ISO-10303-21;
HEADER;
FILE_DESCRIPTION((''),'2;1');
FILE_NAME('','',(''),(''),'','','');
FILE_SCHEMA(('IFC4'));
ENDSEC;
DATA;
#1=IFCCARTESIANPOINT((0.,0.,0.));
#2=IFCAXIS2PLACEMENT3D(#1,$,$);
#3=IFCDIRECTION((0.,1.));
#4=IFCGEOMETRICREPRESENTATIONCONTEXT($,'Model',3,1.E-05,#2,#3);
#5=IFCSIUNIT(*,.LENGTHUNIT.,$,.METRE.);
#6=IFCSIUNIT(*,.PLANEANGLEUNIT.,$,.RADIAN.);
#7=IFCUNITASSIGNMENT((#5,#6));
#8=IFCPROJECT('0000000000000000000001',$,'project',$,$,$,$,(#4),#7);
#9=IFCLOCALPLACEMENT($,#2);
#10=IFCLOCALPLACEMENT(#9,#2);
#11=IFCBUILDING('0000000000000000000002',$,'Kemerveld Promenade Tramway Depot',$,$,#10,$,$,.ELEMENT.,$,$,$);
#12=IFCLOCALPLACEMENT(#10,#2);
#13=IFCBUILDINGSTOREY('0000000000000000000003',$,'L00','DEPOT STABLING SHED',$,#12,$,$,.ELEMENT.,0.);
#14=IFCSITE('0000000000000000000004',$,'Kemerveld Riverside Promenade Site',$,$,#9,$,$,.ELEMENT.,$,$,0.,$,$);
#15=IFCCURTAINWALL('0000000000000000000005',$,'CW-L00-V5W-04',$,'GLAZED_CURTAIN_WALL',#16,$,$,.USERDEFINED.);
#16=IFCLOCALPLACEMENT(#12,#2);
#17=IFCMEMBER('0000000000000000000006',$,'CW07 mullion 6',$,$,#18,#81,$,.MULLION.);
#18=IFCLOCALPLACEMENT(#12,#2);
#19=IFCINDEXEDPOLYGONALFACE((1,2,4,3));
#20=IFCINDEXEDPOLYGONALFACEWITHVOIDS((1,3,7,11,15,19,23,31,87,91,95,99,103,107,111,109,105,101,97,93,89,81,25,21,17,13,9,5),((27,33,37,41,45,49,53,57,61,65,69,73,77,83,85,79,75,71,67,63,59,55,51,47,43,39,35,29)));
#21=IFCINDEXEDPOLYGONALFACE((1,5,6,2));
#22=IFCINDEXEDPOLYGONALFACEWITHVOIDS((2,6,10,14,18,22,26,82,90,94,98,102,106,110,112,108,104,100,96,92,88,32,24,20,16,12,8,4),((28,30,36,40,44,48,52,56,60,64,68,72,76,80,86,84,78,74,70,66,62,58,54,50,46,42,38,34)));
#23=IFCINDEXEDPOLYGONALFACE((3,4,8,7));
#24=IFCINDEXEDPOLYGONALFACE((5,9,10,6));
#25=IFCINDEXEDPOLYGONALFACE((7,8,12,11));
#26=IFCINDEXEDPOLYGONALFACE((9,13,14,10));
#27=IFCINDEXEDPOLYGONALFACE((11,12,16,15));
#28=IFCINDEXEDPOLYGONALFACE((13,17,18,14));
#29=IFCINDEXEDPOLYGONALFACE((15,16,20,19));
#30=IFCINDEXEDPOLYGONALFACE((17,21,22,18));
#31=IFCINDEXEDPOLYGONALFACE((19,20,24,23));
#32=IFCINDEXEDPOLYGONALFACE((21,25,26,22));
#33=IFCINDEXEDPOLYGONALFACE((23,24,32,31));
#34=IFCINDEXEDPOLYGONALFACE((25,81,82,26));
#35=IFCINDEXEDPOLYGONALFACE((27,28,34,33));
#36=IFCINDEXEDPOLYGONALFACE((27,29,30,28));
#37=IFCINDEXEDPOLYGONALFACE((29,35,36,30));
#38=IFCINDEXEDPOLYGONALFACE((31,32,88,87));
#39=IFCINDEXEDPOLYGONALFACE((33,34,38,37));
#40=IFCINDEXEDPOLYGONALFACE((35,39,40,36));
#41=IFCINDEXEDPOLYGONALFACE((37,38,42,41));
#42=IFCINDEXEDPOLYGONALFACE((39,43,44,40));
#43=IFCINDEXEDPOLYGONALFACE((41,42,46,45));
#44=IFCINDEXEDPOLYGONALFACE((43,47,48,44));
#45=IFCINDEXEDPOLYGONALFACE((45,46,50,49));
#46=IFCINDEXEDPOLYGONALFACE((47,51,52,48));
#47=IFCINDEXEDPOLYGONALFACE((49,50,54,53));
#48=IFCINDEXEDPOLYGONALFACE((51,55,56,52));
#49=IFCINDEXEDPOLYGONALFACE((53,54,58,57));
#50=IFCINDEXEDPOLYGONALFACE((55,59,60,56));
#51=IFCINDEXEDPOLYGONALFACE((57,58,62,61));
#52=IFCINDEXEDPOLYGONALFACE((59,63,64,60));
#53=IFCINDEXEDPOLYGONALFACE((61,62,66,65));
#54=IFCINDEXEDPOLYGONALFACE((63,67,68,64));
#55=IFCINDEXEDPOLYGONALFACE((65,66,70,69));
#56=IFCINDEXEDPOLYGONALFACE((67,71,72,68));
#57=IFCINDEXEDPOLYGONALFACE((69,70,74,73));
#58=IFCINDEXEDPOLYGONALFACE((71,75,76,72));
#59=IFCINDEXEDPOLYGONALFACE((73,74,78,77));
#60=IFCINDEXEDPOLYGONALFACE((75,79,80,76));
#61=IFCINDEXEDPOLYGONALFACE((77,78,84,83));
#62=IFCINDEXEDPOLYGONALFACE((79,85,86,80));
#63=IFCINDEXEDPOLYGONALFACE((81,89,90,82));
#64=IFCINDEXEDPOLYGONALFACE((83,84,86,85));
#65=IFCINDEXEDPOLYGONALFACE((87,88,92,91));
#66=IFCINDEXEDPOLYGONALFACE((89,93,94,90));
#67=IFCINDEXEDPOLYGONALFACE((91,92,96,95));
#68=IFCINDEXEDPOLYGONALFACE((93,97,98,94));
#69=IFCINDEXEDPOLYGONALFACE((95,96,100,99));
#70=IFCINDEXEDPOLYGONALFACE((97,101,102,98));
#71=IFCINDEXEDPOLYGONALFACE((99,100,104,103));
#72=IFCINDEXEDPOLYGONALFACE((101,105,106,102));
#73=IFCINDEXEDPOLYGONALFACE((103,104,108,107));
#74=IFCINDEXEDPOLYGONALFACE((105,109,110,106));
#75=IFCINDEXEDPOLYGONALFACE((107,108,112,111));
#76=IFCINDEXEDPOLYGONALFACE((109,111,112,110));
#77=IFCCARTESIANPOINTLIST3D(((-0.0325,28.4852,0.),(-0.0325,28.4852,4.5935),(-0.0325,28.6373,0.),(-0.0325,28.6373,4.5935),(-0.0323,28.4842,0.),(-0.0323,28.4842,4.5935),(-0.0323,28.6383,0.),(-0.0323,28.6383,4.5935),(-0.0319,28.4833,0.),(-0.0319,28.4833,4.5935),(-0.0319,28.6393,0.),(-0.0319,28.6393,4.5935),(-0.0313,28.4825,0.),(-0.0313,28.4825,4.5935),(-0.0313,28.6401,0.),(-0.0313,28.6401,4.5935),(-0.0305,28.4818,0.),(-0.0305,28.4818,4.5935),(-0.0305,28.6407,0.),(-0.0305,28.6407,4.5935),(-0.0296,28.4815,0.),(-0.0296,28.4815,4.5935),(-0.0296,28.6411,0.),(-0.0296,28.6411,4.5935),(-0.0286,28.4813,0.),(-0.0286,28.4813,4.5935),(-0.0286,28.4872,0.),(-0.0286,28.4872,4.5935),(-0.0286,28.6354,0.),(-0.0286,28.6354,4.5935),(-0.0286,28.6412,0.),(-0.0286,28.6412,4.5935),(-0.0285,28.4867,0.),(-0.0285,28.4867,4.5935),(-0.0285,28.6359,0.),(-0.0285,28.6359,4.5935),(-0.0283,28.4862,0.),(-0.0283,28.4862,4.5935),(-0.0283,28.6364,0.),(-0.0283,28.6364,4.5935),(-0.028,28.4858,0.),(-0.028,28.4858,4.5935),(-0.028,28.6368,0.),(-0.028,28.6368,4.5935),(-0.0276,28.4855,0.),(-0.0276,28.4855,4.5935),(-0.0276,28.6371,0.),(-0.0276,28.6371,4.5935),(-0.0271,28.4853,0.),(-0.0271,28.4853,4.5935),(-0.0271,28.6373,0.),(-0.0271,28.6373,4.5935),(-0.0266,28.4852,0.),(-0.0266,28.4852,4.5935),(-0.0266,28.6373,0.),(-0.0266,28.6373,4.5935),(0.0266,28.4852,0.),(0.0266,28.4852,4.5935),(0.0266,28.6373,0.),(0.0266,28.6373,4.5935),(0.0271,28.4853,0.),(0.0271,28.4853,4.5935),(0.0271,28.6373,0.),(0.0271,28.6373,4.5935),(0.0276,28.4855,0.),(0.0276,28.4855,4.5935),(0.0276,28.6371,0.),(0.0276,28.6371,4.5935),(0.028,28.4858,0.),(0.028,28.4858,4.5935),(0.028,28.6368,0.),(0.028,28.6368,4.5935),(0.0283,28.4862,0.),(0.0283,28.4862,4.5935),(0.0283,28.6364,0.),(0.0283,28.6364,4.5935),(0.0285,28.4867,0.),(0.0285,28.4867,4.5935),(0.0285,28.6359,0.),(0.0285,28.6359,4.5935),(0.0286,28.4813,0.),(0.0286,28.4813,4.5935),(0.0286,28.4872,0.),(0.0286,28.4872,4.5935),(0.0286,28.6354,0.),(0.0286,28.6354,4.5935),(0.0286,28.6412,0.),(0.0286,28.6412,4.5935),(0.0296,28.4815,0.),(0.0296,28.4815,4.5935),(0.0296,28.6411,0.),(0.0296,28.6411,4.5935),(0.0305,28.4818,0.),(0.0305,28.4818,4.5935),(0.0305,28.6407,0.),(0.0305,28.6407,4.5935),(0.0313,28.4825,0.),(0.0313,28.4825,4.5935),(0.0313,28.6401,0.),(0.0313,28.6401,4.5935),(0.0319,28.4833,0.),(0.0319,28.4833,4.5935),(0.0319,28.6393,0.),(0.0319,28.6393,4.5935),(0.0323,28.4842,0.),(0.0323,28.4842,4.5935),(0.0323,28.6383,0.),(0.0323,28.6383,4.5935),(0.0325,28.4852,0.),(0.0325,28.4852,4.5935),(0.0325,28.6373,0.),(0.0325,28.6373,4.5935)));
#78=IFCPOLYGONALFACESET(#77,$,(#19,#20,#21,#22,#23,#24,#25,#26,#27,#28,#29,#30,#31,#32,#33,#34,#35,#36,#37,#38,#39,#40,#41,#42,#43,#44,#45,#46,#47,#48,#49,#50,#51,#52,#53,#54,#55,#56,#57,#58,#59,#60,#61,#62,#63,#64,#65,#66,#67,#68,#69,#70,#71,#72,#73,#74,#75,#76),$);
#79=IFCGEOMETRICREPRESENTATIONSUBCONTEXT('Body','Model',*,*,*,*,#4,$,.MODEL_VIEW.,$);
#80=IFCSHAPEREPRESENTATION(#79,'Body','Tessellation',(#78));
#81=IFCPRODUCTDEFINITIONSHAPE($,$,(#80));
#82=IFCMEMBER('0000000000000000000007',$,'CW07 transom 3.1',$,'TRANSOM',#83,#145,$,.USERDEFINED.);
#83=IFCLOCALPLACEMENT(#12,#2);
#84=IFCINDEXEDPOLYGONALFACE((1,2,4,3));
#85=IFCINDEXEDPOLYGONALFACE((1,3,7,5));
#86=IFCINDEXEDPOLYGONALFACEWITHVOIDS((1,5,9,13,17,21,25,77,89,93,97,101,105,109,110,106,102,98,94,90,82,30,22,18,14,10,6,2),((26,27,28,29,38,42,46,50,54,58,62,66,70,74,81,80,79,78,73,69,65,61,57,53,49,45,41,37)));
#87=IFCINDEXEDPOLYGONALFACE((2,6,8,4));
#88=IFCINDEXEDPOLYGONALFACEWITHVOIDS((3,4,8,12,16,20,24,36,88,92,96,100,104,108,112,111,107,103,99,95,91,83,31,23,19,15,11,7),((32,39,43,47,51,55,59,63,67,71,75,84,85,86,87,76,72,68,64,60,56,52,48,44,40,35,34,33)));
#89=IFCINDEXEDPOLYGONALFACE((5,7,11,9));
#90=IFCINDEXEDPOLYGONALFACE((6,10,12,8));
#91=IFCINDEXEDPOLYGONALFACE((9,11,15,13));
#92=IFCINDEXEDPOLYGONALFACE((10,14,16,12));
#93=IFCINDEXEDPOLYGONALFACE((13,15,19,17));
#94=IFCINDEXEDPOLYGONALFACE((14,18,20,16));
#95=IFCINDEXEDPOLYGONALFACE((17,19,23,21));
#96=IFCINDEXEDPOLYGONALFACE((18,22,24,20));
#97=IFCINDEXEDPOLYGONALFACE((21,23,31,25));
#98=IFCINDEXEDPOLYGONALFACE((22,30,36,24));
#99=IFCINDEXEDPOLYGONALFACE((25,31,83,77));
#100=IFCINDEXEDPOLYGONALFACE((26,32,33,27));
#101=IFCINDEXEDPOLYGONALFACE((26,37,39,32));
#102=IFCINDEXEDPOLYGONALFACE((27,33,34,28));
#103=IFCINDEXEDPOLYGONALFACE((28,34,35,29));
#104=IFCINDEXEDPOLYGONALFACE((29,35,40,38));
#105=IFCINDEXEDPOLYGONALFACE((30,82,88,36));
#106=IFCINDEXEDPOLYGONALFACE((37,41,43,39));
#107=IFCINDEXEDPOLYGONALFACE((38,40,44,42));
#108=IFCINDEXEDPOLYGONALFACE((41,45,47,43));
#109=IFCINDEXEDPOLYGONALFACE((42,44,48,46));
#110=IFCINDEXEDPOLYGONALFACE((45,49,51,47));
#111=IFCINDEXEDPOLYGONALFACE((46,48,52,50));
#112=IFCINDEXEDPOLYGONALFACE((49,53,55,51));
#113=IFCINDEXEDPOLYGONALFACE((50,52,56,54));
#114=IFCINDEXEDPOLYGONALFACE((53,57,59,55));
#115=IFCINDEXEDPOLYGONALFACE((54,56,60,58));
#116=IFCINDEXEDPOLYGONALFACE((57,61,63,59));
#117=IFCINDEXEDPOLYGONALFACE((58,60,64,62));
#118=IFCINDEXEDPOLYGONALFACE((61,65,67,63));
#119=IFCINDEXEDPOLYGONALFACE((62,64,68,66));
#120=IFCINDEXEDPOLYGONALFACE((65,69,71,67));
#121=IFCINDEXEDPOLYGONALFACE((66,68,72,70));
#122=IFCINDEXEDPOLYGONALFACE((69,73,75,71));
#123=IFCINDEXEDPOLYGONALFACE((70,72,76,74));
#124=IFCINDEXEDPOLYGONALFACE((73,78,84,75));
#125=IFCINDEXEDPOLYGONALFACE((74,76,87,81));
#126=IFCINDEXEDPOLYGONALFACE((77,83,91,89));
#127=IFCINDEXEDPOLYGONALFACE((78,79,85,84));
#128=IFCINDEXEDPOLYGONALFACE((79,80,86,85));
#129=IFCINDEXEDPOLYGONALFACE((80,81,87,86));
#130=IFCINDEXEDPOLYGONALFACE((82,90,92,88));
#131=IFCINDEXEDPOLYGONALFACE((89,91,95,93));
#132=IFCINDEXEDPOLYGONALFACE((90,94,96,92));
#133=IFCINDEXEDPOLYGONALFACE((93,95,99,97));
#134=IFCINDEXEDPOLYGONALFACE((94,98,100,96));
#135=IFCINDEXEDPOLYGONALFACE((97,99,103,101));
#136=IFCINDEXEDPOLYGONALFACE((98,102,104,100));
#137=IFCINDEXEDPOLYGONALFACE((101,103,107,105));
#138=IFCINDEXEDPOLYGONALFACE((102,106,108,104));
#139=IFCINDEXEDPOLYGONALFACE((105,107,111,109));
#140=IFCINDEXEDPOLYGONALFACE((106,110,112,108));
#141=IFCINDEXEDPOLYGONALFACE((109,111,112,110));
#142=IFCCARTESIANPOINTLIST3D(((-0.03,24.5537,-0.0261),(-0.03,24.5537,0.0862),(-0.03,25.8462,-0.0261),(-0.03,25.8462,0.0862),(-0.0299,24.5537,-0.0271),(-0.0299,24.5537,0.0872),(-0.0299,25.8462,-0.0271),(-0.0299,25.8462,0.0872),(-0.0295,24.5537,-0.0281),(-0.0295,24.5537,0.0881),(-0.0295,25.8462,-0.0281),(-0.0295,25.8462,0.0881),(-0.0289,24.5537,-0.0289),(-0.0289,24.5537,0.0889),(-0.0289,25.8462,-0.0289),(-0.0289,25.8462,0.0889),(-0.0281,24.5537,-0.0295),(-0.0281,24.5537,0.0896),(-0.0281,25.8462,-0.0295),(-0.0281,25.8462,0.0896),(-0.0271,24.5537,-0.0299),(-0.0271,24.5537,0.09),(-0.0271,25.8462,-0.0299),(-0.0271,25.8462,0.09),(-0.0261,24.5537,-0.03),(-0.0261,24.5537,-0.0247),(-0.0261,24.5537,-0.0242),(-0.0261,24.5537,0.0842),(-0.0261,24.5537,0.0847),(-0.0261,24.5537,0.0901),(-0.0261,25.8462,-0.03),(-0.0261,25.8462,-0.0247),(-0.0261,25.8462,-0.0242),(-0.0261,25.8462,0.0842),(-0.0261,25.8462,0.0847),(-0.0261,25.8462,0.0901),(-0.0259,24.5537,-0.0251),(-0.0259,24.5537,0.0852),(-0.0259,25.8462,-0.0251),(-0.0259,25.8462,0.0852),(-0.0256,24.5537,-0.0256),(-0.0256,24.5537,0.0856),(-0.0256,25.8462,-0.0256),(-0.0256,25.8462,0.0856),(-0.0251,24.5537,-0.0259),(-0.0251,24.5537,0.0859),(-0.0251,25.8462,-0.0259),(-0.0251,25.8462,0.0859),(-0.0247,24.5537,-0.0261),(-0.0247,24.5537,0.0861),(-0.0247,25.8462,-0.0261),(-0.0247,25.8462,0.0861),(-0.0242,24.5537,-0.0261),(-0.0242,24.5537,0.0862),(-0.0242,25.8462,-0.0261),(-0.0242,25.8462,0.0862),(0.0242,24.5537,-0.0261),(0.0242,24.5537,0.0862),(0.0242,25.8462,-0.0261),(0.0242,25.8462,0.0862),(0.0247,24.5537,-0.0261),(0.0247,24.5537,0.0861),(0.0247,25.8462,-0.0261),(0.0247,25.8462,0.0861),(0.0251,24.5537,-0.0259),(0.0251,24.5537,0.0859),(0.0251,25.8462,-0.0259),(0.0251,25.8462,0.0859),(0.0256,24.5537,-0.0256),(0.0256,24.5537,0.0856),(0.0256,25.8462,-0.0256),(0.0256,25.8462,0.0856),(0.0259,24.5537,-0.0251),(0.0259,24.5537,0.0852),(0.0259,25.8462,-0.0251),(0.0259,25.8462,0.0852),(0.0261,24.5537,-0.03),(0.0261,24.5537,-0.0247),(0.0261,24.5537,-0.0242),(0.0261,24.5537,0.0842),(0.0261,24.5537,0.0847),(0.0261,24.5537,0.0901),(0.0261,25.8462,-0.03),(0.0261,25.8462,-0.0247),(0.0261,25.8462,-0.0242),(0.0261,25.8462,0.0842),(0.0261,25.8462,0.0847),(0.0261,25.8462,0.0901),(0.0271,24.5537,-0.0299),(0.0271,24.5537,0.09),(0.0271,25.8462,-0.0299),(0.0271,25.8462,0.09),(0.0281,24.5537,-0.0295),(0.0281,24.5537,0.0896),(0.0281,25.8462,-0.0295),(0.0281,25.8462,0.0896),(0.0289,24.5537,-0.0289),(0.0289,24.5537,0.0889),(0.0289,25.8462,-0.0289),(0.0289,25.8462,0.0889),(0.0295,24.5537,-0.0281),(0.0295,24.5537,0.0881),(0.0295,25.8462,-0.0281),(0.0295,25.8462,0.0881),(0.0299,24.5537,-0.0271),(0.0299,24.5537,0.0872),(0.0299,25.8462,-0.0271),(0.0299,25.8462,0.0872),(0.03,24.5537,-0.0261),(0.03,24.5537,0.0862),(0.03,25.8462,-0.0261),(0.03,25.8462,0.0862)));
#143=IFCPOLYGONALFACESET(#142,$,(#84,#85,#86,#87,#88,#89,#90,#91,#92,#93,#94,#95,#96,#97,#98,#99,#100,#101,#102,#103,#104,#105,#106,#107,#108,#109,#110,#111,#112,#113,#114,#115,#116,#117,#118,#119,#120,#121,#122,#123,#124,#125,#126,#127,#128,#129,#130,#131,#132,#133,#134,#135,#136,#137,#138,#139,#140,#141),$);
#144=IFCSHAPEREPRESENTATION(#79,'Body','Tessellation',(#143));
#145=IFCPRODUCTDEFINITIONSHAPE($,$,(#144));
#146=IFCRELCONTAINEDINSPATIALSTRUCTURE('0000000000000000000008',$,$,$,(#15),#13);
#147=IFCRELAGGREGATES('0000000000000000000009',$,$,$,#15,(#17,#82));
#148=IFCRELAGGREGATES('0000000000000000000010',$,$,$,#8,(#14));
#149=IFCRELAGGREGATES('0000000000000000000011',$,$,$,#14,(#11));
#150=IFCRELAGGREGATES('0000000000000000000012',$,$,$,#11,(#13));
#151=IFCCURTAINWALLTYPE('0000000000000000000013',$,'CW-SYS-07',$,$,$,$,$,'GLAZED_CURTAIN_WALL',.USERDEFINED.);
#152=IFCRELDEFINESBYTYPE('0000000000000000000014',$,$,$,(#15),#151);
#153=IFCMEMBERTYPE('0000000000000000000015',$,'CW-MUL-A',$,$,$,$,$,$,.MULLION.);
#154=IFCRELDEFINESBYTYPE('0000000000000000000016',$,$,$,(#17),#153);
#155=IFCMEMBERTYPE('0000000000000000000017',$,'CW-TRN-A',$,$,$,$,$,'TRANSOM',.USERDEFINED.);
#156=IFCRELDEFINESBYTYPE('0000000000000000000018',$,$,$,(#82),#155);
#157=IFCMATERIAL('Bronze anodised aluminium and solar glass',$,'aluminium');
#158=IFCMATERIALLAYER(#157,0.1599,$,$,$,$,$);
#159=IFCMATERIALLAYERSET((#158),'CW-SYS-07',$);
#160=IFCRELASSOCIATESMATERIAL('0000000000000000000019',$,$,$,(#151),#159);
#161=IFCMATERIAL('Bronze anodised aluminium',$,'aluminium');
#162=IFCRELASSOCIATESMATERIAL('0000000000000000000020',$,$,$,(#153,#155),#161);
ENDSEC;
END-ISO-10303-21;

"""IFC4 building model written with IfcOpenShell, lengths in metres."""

from ifc_helpers import new_model, si_unit, direction, frame, origin, origin_2d, place, context, subcontext, project, spatial, hollow_rectangle, extrude, material, layer, layer_set, material_profile, profile_set, type_object, element, aggregate, save


model = new_model("IFC4")

# Units and contexts
model_context = context("Model", 3, precision=1e-05, world=origin(), true_north=direction((0.0, 1.0)))
body_context = subcontext(model_context, "Body", "Model", "MODEL_VIEW")
ifc_project = project(units=[si_unit("LENGTHUNIT", "METRE"), si_unit("PLANEANGLEUNIT", "RADIAN")], contexts=[model_context])

# Site, building, storey
site_placement = place(None, origin())
site = spatial("IfcSite", under=ifc_project, at=site_placement, Name="Kemerveld Riverside Promenade Site", CompositionType="ELEMENT", RefElevation=0.0)
building_placement = place(site_placement, origin())
building = spatial("IfcBuilding", under=site, at=building_placement, Name="Kemerveld Promenade Tramway Depot", CompositionType="ELEMENT")
storey_placement = place(building_placement, origin())
storey = spatial("IfcBuildingStorey", under=building, at=storey_placement, Name="L00", Description="DEPOT STABLING SHED", CompositionType="ELEMENT", Elevation=0.0)

# Curtain wall, members
ifc_material_1 = material(Name="Bronze anodised aluminium and solar glass", Category="aluminium")
ifc_layer_1 = layer(ifc_material_1, 0.1599)
ifc_layer_set_1 = layer_set([ifc_layer_1], Name="CW-SYS-07")
curtain_wall_type = type_object("IfcCurtainWallType", Name="CW-SYS-07", ElementType="GLAZED_CURTAIN_WALL", PredefinedType="USERDEFINED", material=ifc_layer_set_1)
curtain_wall_placement = place(storey_placement, origin())
curtain_wall = element("IfcCurtainWall", 1, at=curtain_wall_placement, inside=storey, type_object=curtain_wall_type, Name="CW-L00-V5W-04", ObjectType="GLAZED_CURTAIN_WALL", PredefinedType="USERDEFINED")
ifc_material_2 = material(Name="Bronze anodised aluminium", Category="aluminium")
ifc_material_profile_1 = material_profile(ifc_material_2, hollow_rectangle(XDim=0.0649, YDim=0.1599, WallThickness=0.0039, InnerFilletRadius=0.002, OuterFilletRadius=0.0039, at=origin_2d()), Name="CW-MUL-160x65")
ifc_profile_set_1 = profile_set([ifc_material_profile_1], Name="Bronze anodised aluminium")
member_type_1 = type_object("IfcMemberType", Name="CW-MUL-A", PredefinedType="MULLION", material=ifc_profile_set_1)
member_1_placement = place(storey_placement, frame((0.0, 28.5613, 0.0), z_axis=(0.0, 0.0, 1.0), x_axis=(-1.0, 0.0, 0.0)))
member_1 = element("IfcMember", 2, at=member_1_placement, type_object=member_type_1, Name="CW07 mullion 6", PredefinedType="MULLION", context=body_context, shape_type="SweptSolid", body=[
    extrude(hollow_rectangle(XDim=0.0649, YDim=0.1599, WallThickness=0.0039, InnerFilletRadius=0.002, OuterFilletRadius=0.0039, at=origin_2d()), origin(), (0.0, 0.0, 1.0), 4.5935),
])
ifc_material_profile_2 = material_profile(ifc_material_2, hollow_rectangle(XDim=0.0601, YDim=0.1201, WallThickness=0.0039, InnerFilletRadius=0.002, OuterFilletRadius=0.0039, at=origin_2d()), Name="CW-TRN-120x60")
ifc_profile_set_2 = profile_set([ifc_material_profile_2], Name="Bronze anodised aluminium")
member_type_2 = type_object("IfcMemberType", Name="CW-TRN-A", ElementType="TRANSOM", PredefinedType="USERDEFINED", material=ifc_profile_set_2)
member_2_placement = place(storey_placement, frame((0.0, 24.5537, 0.03), z_axis=(0.0, 1.0, 0.0), x_axis=(-1.0, 0.0, 0.0)))
member_2 = element("IfcMember", 3, at=member_2_placement, type_object=member_type_2, Name="CW07 transom 3.1", ObjectType="TRANSOM", PredefinedType="USERDEFINED", context=body_context, shape_type="SweptSolid", body=[
    extrude(hollow_rectangle(XDim=0.0601, YDim=0.1201, WallThickness=0.0039, InnerFilletRadius=0.002, OuterFilletRadius=0.0039, at=origin_2d()), origin(), (0.0, 0.0, 1.0), 1.2925),
])
aggregate(curtain_wall, [member_1, member_2])

save(model, "model.ifc")
